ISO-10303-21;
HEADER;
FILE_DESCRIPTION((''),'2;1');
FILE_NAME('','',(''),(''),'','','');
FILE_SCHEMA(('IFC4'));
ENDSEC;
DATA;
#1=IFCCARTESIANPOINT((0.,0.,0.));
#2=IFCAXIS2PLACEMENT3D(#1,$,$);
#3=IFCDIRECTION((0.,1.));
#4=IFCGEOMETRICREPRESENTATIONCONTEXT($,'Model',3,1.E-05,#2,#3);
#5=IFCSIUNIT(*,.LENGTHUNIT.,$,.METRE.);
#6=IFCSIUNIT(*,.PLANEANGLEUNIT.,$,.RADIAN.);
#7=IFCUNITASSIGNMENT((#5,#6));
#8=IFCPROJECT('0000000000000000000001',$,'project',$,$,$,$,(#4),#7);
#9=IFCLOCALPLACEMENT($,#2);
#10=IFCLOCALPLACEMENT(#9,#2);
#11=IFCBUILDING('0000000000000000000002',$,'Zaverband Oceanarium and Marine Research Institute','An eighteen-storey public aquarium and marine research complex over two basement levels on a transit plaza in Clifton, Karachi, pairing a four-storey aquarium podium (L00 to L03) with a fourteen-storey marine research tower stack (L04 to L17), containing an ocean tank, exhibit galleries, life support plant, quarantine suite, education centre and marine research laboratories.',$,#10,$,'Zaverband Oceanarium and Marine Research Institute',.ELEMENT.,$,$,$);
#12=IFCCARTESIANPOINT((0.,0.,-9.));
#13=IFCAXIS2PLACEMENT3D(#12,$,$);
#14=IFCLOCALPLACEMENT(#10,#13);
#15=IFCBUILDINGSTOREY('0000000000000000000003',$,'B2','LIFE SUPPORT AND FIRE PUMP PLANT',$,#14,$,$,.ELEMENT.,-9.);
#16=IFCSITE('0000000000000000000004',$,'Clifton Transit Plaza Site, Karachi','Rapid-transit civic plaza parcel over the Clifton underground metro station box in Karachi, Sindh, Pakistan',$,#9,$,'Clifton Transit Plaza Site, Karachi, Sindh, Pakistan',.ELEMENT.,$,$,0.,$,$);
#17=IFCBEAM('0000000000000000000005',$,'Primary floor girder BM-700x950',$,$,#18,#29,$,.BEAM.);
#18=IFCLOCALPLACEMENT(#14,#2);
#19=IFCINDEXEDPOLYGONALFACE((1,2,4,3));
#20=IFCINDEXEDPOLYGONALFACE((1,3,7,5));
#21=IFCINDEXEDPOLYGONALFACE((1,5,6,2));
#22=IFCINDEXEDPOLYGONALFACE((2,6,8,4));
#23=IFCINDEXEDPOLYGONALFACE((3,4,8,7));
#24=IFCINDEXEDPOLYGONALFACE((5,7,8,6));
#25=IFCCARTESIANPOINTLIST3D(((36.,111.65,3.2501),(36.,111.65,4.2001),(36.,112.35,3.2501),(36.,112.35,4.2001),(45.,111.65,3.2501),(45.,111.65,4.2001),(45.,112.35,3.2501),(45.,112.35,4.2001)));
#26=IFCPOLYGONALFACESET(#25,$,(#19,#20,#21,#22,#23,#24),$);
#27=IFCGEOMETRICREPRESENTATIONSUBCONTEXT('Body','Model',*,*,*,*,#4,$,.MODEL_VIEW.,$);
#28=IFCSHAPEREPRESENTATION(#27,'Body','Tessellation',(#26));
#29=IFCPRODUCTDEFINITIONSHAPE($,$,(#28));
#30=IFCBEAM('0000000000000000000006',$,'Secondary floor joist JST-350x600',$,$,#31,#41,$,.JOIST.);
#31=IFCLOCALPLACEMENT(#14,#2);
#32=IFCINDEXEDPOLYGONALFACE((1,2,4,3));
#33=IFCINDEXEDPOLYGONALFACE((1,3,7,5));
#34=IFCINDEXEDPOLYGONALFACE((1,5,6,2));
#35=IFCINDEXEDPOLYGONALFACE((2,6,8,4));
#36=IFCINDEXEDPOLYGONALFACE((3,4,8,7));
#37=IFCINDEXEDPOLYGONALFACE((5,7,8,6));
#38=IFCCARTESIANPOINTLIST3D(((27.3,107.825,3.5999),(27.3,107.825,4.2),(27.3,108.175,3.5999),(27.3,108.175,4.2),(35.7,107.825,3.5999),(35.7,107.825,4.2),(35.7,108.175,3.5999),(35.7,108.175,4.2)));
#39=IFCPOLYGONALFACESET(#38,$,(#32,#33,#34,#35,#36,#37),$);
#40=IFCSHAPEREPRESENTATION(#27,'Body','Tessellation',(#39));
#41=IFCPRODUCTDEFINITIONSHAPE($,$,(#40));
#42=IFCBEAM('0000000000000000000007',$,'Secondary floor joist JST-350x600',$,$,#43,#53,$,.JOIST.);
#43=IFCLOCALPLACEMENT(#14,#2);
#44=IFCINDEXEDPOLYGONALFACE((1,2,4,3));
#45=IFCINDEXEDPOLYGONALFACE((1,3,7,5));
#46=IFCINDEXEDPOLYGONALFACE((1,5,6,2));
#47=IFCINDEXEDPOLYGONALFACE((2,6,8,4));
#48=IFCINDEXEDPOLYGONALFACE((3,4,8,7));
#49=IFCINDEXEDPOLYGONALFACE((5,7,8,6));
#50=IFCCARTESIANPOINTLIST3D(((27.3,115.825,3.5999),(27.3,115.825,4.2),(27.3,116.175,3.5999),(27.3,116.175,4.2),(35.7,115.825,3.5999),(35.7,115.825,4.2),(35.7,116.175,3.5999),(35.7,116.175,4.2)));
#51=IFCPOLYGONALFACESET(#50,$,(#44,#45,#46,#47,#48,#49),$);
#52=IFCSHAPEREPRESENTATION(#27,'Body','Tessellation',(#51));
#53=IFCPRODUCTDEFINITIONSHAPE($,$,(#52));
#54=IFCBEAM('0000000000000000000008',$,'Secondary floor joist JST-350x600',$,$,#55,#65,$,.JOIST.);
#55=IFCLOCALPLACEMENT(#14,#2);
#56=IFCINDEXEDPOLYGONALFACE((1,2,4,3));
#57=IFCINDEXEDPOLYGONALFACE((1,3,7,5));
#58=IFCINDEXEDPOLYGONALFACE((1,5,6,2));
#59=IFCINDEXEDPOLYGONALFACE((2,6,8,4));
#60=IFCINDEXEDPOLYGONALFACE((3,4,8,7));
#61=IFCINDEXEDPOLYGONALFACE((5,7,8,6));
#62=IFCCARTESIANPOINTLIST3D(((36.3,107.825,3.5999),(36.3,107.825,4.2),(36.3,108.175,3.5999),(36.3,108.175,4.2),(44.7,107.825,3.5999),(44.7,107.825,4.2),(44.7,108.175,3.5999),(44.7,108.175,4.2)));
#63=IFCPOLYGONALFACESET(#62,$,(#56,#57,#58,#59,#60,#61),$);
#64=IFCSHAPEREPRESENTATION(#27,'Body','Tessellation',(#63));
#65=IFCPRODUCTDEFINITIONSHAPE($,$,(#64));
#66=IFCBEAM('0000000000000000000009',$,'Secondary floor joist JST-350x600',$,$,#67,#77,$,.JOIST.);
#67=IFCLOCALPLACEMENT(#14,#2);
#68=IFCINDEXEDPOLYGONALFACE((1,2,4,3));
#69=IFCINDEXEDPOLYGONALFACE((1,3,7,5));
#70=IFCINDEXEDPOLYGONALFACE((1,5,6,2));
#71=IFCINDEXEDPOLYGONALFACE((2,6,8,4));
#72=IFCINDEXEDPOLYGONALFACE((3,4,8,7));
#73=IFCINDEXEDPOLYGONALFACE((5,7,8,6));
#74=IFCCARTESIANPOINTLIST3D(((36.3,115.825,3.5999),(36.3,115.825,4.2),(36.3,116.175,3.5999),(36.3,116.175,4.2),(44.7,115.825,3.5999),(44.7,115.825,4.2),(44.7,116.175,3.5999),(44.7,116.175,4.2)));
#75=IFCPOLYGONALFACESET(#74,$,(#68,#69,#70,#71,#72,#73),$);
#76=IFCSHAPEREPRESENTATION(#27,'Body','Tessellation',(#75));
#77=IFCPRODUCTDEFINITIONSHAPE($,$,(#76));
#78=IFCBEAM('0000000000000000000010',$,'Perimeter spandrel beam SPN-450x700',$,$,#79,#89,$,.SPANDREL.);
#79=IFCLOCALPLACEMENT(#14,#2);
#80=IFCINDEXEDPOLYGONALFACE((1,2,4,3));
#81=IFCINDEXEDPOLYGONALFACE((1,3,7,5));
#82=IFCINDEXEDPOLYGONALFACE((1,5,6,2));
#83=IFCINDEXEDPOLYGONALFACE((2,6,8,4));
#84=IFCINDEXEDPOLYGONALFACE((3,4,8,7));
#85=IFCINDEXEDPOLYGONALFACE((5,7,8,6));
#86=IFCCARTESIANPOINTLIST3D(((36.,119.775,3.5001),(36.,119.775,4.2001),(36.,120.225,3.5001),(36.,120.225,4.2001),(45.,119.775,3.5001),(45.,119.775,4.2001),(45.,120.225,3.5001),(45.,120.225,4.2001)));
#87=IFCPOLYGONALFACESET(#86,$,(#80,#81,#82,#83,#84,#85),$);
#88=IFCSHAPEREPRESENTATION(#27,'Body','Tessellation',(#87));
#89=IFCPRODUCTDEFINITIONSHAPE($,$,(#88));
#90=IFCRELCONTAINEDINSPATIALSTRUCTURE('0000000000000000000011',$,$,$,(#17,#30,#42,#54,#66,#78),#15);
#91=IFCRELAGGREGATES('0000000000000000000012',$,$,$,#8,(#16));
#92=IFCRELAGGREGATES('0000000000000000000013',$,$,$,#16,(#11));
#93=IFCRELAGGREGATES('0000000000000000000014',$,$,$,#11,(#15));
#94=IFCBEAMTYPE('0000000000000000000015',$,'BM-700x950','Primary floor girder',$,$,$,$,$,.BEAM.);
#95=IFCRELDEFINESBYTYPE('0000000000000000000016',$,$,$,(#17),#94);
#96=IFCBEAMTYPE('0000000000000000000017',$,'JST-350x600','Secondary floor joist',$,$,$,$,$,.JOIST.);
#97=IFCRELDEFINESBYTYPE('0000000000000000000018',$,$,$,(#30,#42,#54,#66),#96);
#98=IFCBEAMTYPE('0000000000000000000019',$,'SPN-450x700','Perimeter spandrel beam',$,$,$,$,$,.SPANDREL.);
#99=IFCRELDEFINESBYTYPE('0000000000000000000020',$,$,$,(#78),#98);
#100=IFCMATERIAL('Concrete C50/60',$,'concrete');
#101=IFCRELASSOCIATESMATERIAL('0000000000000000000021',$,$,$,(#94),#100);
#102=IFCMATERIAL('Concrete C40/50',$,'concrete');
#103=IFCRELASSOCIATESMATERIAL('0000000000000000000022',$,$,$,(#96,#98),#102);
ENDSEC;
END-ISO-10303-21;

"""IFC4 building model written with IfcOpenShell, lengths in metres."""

from ifc_helpers import new_model, si_unit, direction, frame, origin, origin_2d, place, context, subcontext, project, spatial, rectangle, extrude, material, material_profile, profile_set, type_object, element, save


model = new_model("IFC4")

# Units and contexts
model_context = context("Model", 3, precision=1e-05, world=origin(), true_north=direction((0.0, 1.0)))
body_context = subcontext(model_context, "Body", "Model", "MODEL_VIEW")
ifc_project = project(units=[si_unit("LENGTHUNIT", "METRE"), si_unit("PLANEANGLEUNIT", "RADIAN")], contexts=[model_context])

# Site, building, storey
site_placement = place(None, origin())
site = spatial("IfcSite", under=ifc_project, at=site_placement, Name="Clifton Transit Plaza Site, Karachi", Description="Rapid-transit civic plaza parcel over the Clifton underground metro station box in Karachi, Sindh, Pakistan", LongName="Clifton Transit Plaza Site, Karachi, Sindh, Pakistan", CompositionType="ELEMENT", RefElevation=0.0)
building_placement = place(site_placement, origin())
building = spatial("IfcBuilding", under=site, at=building_placement, Name="Zaverband Oceanarium and Marine Research Institute", Description="An eighteen-storey public aquarium and marine research complex over two basement levels on a transit plaza in Clifton, Karachi, pairing a four-storey aquarium podium (L00 to L03) with a fourteen-storey marine research tower stack (L04 to L17), containing an ocean tank, exhibit galleries, life support plant, quarantine suite, education centre and marine research laboratories.", LongName="Zaverband Oceanarium and Marine Research Institute", CompositionType="ELEMENT")
storey_placement = place(building_placement, frame((0.0, 0.0, -9.0)))
storey = spatial("IfcBuildingStorey", under=building, at=storey_placement, Name="B2", Description="LIFE SUPPORT AND FIRE PUMP PLANT", CompositionType="ELEMENT", Elevation=-9.0)

# Shared definitions
ifc_material_1 = material(Name="Concrete C50/60", Category="concrete")

# Beams
ifc_material_2 = material(Name="Concrete C40/50", Category="concrete")
ifc_material_profile_1 = material_profile(ifc_material_1, rectangle(XDim=0.7, YDim=0.95, at=origin_2d()), Name="RC700x950")
ifc_profile_set_1 = profile_set([ifc_material_profile_1], Name="Concrete C50/60")
beam_type_1 = type_object("IfcBeamType", Name="BM-700x950", Description="Primary floor girder", PredefinedType="BEAM", material=ifc_profile_set_1)
beam_1_placement = place(storey_placement, frame((36.0, 112.0, 3.7251), z_axis=(1.0, 0.0, 0.0), x_axis=(0.0, 1.0, 0.0)))
element("IfcBeam", 1, at=beam_1_placement, inside=storey, type_object=beam_type_1, Name="Primary floor girder BM-700x950", PredefinedType="BEAM", context=body_context, shape_type="SweptSolid", body=[
    extrude(rectangle(XDim=0.7, YDim=0.95, at=origin_2d()), origin(), (0.0, 0.0, 1.0), 9.0),
])
ifc_material_profile_2 = material_profile(ifc_material_2, rectangle(XDim=0.3501, YDim=0.6001, at=origin_2d()), Name="RC350x600")
ifc_profile_set_2 = profile_set([ifc_material_profile_2], Name="Concrete C40/50")
beam_type_2 = type_object("IfcBeamType", Name="JST-350x600", Description="Secondary floor joist", PredefinedType="JOIST", material=ifc_profile_set_2)
for number, where, z_axis, x_axis, name in (
    (2, (27.3, 108.0, 3.8999), (1.0, 0.0, 0.0), (0.0, 1.0, 0.0), "Secondary floor joist JST-350x600"),
    (3, (27.3, 116.0, 3.8999), (1.0, 0.0, 0.0), (0.0, 1.0, 0.0), "Secondary floor joist JST-350x600"),
    (4, (36.3, 108.0, 3.8999), (1.0, 0.0, 0.0), (0.0, 1.0, 0.0), "Secondary floor joist JST-350x600"),
    (5, (36.3, 116.0, 3.8999), (1.0, 0.0, 0.0), (0.0, 1.0, 0.0), "Secondary floor joist JST-350x600"),
):
    element("IfcBeam", number, at=place(storey_placement, frame(where, z_axis=z_axis, x_axis=x_axis)), inside=storey, type_object=beam_type_2, Name=name, PredefinedType="JOIST", context=body_context, shape_type="SweptSolid", body=[
        extrude(rectangle(XDim=0.3501, YDim=0.6001, at=origin_2d()), origin(), (0.0, 0.0, 1.0), 8.3999),
    ])
ifc_material_profile_3 = material_profile(ifc_material_2, rectangle(XDim=0.45, YDim=0.7, at=origin_2d()), Name="RC450x700")
ifc_profile_set_3 = profile_set([ifc_material_profile_3], Name="Concrete C40/50")
beam_type_3 = type_object("IfcBeamType", Name="SPN-450x700", Description="Perimeter spandrel beam", PredefinedType="SPANDREL", material=ifc_profile_set_3)
beam_2_placement = place(storey_placement, frame((36.0, 120.0, 3.8501), z_axis=(1.0, 0.0, 0.0), x_axis=(0.0, 1.0, 0.0)))
element("IfcBeam", 6, at=beam_2_placement, inside=storey, type_object=beam_type_3, Name="Perimeter spandrel beam SPN-450x700", PredefinedType="SPANDREL", context=body_context, shape_type="SweptSolid", body=[
    extrude(rectangle(XDim=0.45, YDim=0.7, at=origin_2d()), origin(), (0.0, 0.0, 1.0), 9.0),
])

save(model, "model.ifc")
